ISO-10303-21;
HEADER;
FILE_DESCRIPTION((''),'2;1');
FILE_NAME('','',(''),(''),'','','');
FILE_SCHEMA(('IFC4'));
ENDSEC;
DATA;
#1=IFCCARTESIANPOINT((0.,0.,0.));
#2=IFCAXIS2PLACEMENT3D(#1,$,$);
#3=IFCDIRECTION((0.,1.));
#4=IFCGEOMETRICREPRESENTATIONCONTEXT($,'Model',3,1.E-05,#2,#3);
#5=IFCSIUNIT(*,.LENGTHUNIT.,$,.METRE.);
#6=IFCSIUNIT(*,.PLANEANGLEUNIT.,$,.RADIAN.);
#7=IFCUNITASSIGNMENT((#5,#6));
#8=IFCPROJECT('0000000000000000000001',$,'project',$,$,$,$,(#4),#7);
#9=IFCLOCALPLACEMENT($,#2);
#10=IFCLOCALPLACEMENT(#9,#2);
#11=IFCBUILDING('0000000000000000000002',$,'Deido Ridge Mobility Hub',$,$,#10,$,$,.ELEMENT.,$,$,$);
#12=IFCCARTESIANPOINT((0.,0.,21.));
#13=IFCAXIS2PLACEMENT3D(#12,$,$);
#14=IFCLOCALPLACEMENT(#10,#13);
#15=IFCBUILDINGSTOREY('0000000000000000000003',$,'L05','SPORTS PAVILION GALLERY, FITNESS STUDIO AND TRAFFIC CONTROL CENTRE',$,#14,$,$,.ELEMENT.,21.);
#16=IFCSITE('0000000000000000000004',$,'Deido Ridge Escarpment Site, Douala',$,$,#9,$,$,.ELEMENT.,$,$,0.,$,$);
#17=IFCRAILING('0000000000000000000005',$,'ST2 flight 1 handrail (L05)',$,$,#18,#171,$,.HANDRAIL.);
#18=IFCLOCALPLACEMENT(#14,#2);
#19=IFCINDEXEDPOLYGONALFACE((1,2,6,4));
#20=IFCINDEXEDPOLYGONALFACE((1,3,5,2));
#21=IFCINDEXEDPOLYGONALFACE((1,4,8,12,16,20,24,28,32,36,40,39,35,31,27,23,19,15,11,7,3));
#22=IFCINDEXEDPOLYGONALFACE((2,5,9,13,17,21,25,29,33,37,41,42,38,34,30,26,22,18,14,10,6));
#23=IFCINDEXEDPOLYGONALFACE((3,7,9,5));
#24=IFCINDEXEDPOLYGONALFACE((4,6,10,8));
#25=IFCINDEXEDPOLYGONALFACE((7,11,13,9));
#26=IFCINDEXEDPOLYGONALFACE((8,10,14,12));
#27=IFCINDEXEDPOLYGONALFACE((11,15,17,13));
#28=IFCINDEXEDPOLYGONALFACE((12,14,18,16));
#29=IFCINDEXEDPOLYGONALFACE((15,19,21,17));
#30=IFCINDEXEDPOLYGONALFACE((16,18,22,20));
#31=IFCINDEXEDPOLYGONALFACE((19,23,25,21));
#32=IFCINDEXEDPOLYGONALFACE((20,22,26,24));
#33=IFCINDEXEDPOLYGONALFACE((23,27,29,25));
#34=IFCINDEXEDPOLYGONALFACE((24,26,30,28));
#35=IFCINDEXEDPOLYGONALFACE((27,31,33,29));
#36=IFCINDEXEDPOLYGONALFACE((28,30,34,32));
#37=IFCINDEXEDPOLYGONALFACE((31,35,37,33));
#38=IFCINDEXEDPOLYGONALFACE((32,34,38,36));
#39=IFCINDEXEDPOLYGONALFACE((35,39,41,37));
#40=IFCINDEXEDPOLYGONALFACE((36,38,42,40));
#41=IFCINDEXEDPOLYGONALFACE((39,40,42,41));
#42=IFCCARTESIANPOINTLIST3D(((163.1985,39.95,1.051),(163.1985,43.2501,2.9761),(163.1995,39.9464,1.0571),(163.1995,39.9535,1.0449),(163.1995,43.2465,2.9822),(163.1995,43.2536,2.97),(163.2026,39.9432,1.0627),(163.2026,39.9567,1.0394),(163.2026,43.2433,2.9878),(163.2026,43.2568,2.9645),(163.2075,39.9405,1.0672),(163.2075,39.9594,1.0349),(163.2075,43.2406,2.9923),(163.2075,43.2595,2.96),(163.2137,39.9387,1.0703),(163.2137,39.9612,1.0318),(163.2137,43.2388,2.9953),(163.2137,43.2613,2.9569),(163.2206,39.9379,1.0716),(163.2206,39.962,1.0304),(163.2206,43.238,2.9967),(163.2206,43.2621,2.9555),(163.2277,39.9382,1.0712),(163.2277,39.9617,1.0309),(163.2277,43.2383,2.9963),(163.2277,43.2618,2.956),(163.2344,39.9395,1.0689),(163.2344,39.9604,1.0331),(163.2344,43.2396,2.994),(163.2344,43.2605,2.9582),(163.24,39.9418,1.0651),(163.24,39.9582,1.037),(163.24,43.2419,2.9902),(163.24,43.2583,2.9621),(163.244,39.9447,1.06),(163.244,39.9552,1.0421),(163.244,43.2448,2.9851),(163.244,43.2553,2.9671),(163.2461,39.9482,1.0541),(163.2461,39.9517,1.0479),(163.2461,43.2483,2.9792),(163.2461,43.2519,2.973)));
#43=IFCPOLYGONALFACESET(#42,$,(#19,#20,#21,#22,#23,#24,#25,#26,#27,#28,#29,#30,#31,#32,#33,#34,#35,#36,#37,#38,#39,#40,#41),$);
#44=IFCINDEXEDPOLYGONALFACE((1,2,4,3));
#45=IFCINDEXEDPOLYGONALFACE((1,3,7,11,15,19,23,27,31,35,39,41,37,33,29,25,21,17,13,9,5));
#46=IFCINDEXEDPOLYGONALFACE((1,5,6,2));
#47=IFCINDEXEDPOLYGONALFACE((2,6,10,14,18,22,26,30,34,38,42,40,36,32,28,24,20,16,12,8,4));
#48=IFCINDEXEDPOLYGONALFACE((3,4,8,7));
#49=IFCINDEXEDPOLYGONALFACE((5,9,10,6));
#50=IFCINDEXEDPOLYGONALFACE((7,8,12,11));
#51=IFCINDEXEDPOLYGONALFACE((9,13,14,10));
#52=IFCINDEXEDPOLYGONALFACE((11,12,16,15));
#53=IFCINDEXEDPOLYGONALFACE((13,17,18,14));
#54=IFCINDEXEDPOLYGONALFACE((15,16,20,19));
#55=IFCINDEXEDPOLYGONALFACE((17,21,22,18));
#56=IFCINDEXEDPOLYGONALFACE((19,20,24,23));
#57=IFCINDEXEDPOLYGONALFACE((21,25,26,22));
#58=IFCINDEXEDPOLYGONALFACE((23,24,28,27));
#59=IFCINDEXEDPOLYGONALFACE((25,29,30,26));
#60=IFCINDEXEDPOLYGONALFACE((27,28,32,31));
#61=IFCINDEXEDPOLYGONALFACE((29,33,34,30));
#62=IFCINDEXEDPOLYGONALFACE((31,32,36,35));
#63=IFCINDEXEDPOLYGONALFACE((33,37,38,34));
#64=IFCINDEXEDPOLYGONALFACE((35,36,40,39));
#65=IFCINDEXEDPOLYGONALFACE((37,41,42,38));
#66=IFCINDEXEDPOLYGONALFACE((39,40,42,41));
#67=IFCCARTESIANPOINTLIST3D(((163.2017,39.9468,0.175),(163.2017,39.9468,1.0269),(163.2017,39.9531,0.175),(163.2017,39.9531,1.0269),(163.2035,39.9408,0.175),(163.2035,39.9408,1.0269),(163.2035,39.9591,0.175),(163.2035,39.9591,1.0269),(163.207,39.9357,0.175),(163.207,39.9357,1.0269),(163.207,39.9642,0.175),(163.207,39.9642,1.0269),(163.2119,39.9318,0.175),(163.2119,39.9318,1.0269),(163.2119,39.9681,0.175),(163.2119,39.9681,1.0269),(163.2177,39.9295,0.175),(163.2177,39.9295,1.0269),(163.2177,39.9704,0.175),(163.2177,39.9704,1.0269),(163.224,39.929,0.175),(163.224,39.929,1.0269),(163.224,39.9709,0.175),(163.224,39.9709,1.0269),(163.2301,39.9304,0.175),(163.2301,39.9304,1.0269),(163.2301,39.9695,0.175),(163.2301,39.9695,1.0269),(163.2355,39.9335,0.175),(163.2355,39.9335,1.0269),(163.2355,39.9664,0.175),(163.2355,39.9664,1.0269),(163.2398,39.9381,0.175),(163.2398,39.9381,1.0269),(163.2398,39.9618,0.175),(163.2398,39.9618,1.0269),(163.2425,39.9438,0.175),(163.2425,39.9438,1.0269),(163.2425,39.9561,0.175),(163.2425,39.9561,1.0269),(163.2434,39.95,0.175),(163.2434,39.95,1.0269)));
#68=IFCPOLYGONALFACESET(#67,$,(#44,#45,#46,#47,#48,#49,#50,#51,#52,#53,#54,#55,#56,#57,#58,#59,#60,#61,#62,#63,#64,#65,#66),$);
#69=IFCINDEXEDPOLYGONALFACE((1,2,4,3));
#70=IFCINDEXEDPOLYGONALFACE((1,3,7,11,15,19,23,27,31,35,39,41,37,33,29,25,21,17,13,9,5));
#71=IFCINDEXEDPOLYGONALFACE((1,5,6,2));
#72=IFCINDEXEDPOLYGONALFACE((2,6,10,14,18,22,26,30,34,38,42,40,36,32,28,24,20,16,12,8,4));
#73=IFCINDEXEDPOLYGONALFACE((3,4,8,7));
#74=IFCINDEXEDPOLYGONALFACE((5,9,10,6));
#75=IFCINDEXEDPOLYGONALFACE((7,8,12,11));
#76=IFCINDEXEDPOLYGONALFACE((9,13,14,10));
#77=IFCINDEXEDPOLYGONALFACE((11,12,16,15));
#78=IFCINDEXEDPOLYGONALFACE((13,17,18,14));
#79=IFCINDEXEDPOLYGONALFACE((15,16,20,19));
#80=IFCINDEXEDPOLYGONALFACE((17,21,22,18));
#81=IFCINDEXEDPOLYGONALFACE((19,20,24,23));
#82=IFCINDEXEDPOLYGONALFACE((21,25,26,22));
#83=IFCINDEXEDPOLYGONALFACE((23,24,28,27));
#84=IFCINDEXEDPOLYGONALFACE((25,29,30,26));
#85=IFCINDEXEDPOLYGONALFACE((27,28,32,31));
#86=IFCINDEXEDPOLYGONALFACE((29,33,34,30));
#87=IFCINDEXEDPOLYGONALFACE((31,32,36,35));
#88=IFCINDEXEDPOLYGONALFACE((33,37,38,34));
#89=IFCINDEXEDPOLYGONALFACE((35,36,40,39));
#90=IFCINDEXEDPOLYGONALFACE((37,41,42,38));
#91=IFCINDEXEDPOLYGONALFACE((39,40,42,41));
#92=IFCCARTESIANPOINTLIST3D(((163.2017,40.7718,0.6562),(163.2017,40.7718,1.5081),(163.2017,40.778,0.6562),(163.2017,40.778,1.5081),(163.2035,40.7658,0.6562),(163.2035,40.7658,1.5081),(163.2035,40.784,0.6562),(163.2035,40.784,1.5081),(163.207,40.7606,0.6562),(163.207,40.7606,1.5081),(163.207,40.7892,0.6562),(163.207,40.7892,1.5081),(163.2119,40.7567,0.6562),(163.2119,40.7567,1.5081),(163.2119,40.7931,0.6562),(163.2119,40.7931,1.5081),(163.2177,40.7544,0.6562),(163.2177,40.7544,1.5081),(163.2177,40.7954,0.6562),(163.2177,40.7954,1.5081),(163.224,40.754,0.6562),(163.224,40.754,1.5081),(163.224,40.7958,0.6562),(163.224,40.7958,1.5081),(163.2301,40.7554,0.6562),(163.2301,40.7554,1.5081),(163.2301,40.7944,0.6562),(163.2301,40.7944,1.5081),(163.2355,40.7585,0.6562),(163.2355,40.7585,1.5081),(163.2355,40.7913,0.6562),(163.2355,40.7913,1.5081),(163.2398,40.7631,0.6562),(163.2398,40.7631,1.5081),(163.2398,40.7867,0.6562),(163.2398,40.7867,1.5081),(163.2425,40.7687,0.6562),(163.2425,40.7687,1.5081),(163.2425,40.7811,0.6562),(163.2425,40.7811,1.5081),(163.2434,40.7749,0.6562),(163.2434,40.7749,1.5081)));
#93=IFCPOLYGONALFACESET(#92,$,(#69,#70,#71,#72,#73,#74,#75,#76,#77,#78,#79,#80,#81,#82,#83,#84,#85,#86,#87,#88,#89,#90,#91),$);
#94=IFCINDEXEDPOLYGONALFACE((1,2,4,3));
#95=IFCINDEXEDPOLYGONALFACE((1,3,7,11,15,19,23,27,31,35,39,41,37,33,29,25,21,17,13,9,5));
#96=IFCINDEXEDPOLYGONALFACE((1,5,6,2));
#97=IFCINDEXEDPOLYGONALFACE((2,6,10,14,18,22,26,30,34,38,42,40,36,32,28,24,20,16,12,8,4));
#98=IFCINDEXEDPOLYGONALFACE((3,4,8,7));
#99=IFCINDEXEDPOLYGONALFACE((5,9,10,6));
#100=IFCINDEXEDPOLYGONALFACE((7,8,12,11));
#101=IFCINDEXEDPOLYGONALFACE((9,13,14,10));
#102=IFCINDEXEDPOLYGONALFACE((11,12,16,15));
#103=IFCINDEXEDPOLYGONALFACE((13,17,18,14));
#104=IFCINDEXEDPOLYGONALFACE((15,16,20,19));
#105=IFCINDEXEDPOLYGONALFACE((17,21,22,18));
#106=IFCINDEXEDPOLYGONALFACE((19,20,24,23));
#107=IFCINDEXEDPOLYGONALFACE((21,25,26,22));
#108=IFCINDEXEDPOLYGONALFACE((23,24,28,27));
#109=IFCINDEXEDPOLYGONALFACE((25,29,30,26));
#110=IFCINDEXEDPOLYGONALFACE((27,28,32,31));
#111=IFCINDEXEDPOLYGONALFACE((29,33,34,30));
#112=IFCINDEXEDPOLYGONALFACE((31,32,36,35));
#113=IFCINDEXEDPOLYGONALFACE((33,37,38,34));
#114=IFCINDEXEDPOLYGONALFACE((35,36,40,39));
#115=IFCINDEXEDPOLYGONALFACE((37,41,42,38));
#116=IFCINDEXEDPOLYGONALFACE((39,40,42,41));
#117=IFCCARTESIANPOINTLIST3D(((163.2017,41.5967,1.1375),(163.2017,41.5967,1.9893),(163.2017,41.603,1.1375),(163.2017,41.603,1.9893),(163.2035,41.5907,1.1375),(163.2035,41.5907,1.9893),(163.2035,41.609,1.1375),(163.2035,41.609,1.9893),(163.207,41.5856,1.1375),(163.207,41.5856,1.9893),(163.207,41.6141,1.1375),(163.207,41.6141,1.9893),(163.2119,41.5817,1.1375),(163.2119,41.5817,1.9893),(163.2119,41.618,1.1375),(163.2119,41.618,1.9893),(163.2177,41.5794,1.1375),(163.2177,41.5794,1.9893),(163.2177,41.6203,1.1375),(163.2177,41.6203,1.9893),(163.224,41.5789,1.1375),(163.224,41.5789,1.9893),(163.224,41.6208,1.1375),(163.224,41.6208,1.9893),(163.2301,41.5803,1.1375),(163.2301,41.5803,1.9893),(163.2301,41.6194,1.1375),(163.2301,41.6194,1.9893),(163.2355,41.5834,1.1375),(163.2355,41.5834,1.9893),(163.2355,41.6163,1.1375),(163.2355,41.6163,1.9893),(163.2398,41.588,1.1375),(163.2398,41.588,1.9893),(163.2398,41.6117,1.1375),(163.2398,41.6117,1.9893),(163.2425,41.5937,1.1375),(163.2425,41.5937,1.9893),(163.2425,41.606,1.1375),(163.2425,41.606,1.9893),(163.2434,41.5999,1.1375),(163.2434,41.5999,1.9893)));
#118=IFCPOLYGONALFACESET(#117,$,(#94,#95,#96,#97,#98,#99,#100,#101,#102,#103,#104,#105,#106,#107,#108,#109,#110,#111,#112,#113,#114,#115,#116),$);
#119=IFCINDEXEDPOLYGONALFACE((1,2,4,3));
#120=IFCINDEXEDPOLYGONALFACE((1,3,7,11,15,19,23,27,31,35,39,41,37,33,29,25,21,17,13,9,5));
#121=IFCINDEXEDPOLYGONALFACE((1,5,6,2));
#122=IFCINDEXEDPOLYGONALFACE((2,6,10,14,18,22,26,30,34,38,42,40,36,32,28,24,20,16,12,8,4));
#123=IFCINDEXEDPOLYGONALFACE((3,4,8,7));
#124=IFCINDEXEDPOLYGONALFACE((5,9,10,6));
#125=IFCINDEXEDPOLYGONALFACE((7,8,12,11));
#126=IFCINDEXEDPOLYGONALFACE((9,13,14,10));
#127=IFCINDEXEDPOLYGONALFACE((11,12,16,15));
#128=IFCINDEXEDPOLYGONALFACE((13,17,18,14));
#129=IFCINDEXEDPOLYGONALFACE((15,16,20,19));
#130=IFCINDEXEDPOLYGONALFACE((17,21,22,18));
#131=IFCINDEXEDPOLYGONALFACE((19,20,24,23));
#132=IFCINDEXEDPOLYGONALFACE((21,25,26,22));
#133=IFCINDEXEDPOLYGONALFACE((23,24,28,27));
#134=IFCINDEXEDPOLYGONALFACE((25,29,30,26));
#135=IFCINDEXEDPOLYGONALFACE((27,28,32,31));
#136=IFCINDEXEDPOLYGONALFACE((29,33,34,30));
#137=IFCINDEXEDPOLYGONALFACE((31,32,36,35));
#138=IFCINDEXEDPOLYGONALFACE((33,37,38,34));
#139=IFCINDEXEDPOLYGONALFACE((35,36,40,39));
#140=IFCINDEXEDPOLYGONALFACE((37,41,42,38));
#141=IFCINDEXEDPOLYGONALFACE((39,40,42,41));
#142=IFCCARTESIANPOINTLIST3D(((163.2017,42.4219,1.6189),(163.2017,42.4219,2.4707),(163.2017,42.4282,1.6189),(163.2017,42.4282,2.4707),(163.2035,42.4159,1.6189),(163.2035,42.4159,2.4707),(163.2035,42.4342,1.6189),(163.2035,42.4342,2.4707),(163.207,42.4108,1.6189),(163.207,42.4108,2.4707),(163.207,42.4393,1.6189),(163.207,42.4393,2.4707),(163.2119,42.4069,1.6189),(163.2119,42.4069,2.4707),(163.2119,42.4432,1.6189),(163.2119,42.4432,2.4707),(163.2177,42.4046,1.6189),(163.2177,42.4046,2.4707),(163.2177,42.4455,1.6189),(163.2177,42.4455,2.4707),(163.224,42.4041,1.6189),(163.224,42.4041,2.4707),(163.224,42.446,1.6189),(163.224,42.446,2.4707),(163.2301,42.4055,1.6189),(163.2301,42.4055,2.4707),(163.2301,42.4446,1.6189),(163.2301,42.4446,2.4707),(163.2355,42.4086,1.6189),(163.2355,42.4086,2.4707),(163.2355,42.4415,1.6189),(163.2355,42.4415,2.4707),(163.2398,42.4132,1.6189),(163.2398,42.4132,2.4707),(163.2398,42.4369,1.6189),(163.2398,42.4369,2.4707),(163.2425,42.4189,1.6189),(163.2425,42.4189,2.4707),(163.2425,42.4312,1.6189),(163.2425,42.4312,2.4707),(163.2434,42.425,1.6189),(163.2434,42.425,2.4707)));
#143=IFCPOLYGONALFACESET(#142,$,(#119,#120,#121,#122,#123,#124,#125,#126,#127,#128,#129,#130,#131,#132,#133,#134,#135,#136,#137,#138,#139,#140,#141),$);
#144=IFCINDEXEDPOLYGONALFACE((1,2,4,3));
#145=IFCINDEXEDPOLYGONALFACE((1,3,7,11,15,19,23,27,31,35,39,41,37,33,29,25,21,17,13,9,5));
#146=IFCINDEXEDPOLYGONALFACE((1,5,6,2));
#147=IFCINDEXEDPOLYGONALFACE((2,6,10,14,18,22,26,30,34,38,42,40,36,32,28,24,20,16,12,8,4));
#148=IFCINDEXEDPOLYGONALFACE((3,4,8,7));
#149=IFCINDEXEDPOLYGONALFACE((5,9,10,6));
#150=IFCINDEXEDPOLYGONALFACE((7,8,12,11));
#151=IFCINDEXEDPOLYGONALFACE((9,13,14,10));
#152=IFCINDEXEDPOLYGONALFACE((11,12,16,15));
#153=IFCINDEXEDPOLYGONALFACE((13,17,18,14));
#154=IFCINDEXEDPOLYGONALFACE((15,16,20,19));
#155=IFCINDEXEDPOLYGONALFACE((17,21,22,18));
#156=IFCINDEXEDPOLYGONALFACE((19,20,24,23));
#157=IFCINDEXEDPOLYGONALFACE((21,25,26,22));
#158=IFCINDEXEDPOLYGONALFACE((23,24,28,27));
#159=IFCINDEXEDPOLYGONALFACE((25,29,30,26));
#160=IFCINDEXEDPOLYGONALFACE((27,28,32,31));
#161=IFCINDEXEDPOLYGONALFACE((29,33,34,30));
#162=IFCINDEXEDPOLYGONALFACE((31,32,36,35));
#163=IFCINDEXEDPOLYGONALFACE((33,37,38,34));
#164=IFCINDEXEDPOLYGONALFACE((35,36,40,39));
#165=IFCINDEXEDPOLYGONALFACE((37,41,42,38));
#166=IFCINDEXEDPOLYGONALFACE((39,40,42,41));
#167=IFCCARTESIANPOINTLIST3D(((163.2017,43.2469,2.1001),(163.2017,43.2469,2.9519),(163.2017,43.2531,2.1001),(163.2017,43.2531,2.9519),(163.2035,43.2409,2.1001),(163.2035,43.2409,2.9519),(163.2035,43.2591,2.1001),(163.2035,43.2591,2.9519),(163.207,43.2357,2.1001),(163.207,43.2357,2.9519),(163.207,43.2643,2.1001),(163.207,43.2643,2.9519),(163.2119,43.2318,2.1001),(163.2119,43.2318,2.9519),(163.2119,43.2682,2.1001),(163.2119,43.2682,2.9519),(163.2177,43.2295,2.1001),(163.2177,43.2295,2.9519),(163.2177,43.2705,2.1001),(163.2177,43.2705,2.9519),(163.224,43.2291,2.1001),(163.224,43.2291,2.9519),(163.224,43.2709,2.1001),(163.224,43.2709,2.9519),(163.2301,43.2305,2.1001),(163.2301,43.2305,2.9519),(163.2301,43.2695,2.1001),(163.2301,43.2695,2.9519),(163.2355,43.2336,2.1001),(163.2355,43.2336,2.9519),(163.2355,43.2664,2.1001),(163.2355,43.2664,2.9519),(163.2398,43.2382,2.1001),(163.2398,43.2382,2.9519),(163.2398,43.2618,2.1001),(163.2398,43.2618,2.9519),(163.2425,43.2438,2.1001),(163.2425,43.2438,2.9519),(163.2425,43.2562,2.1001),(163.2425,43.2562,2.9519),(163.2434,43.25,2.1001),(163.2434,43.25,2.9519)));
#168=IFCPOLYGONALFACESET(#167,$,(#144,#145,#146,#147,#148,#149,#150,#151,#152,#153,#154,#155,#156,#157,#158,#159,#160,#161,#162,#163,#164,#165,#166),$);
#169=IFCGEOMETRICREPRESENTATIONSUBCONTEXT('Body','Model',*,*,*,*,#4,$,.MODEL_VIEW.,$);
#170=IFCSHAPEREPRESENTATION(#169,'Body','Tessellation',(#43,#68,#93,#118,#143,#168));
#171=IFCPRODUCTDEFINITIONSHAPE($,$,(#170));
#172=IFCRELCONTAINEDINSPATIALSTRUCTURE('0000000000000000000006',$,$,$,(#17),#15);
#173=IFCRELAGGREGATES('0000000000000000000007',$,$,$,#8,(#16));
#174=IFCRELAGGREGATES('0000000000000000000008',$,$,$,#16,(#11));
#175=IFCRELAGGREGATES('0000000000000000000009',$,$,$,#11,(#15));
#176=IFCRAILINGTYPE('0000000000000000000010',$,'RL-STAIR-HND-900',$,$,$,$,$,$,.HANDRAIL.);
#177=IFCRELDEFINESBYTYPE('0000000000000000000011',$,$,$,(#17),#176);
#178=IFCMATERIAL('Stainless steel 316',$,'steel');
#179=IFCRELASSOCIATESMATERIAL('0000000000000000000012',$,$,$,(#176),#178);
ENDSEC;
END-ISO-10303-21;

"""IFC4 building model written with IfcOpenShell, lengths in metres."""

from ifc_helpers import new_model, si_unit, direction, frame, origin, origin_2d, place, context, subcontext, project, spatial, circle, extrude, material, type_object, element, save


model = new_model("IFC4")

# Units and contexts
model_context = context("Model", 3, precision=1e-05, world=origin(), true_north=direction((0.0, 1.0)))
body_context = subcontext(model_context, "Body", "Model", "MODEL_VIEW")
ifc_project = project(units=[si_unit("LENGTHUNIT", "METRE"), si_unit("PLANEANGLEUNIT", "RADIAN")], contexts=[model_context])

# Site, building, storey
site_placement = place(None, origin())
site = spatial("IfcSite", under=ifc_project, at=site_placement, Name="Deido Ridge Escarpment Site, Douala", CompositionType="ELEMENT", RefElevation=0.0)
building_placement = place(site_placement, origin())
building = spatial("IfcBuilding", under=site, at=building_placement, Name="Deido Ridge Mobility Hub", CompositionType="ELEMENT")
storey_placement = place(building_placement, frame((0.0, 0.0, 21.0)))
storey = spatial("IfcBuildingStorey", under=building, at=storey_placement, Name="L05", Description="SPORTS PAVILION GALLERY, FITNESS STUDIO AND TRAFFIC CONTROL CENTRE", CompositionType="ELEMENT", Elevation=21.0)

# Shared definitions
ifc_material_1 = material(Name="Stainless steel 316", Category="steel")

# Railing
railing_type_1 = type_object("IfcRailingType", Name="RL-STAIR-HND-900", PredefinedType="HANDRAIL", material=ifc_material_1)
railing_1_placement = place(storey_placement, frame((163.2224, 39.95, 0.175)))
element("IfcRailing", 1, at=railing_1_placement, inside=storey, type_object=railing_type_1, Name="ST2 flight 1 handrail (L05)", PredefinedType="HANDRAIL", context=body_context, shape_type="SweptSolid", body=[
    extrude(circle(Radius=0.0239, at=origin_2d()), frame((0.0, 0.0, 0.876), z_axis=(0.0, 0.863777, 0.503875), x_axis=(-1.0, 0.0, 0.0)), (0.0, 0.0, 1.0), 3.8206),
    extrude(circle(Radius=0.021, at=origin_2d()), origin(), (0.0, 0.0, 1.0), 0.8518),
    extrude(circle(Radius=0.021, at=origin_2d()), frame((0.0, 0.825, 0.4812)), (0.0, 0.0, 1.0), 0.8518),
    extrude(circle(Radius=0.021, at=origin_2d()), frame((0.0, 1.6499, 0.9624)), (0.0, 0.0, 1.0), 0.8518),
    extrude(circle(Radius=0.021, at=origin_2d()), frame((0.0, 2.4751, 1.4438)), (0.0, 0.0, 1.0), 0.8518),
    extrude(circle(Radius=0.021, at=origin_2d()), frame((0.0, 3.3, 1.925)), (0.0, 0.0, 1.0), 0.8518),
])

save(model, "model.ifc")
